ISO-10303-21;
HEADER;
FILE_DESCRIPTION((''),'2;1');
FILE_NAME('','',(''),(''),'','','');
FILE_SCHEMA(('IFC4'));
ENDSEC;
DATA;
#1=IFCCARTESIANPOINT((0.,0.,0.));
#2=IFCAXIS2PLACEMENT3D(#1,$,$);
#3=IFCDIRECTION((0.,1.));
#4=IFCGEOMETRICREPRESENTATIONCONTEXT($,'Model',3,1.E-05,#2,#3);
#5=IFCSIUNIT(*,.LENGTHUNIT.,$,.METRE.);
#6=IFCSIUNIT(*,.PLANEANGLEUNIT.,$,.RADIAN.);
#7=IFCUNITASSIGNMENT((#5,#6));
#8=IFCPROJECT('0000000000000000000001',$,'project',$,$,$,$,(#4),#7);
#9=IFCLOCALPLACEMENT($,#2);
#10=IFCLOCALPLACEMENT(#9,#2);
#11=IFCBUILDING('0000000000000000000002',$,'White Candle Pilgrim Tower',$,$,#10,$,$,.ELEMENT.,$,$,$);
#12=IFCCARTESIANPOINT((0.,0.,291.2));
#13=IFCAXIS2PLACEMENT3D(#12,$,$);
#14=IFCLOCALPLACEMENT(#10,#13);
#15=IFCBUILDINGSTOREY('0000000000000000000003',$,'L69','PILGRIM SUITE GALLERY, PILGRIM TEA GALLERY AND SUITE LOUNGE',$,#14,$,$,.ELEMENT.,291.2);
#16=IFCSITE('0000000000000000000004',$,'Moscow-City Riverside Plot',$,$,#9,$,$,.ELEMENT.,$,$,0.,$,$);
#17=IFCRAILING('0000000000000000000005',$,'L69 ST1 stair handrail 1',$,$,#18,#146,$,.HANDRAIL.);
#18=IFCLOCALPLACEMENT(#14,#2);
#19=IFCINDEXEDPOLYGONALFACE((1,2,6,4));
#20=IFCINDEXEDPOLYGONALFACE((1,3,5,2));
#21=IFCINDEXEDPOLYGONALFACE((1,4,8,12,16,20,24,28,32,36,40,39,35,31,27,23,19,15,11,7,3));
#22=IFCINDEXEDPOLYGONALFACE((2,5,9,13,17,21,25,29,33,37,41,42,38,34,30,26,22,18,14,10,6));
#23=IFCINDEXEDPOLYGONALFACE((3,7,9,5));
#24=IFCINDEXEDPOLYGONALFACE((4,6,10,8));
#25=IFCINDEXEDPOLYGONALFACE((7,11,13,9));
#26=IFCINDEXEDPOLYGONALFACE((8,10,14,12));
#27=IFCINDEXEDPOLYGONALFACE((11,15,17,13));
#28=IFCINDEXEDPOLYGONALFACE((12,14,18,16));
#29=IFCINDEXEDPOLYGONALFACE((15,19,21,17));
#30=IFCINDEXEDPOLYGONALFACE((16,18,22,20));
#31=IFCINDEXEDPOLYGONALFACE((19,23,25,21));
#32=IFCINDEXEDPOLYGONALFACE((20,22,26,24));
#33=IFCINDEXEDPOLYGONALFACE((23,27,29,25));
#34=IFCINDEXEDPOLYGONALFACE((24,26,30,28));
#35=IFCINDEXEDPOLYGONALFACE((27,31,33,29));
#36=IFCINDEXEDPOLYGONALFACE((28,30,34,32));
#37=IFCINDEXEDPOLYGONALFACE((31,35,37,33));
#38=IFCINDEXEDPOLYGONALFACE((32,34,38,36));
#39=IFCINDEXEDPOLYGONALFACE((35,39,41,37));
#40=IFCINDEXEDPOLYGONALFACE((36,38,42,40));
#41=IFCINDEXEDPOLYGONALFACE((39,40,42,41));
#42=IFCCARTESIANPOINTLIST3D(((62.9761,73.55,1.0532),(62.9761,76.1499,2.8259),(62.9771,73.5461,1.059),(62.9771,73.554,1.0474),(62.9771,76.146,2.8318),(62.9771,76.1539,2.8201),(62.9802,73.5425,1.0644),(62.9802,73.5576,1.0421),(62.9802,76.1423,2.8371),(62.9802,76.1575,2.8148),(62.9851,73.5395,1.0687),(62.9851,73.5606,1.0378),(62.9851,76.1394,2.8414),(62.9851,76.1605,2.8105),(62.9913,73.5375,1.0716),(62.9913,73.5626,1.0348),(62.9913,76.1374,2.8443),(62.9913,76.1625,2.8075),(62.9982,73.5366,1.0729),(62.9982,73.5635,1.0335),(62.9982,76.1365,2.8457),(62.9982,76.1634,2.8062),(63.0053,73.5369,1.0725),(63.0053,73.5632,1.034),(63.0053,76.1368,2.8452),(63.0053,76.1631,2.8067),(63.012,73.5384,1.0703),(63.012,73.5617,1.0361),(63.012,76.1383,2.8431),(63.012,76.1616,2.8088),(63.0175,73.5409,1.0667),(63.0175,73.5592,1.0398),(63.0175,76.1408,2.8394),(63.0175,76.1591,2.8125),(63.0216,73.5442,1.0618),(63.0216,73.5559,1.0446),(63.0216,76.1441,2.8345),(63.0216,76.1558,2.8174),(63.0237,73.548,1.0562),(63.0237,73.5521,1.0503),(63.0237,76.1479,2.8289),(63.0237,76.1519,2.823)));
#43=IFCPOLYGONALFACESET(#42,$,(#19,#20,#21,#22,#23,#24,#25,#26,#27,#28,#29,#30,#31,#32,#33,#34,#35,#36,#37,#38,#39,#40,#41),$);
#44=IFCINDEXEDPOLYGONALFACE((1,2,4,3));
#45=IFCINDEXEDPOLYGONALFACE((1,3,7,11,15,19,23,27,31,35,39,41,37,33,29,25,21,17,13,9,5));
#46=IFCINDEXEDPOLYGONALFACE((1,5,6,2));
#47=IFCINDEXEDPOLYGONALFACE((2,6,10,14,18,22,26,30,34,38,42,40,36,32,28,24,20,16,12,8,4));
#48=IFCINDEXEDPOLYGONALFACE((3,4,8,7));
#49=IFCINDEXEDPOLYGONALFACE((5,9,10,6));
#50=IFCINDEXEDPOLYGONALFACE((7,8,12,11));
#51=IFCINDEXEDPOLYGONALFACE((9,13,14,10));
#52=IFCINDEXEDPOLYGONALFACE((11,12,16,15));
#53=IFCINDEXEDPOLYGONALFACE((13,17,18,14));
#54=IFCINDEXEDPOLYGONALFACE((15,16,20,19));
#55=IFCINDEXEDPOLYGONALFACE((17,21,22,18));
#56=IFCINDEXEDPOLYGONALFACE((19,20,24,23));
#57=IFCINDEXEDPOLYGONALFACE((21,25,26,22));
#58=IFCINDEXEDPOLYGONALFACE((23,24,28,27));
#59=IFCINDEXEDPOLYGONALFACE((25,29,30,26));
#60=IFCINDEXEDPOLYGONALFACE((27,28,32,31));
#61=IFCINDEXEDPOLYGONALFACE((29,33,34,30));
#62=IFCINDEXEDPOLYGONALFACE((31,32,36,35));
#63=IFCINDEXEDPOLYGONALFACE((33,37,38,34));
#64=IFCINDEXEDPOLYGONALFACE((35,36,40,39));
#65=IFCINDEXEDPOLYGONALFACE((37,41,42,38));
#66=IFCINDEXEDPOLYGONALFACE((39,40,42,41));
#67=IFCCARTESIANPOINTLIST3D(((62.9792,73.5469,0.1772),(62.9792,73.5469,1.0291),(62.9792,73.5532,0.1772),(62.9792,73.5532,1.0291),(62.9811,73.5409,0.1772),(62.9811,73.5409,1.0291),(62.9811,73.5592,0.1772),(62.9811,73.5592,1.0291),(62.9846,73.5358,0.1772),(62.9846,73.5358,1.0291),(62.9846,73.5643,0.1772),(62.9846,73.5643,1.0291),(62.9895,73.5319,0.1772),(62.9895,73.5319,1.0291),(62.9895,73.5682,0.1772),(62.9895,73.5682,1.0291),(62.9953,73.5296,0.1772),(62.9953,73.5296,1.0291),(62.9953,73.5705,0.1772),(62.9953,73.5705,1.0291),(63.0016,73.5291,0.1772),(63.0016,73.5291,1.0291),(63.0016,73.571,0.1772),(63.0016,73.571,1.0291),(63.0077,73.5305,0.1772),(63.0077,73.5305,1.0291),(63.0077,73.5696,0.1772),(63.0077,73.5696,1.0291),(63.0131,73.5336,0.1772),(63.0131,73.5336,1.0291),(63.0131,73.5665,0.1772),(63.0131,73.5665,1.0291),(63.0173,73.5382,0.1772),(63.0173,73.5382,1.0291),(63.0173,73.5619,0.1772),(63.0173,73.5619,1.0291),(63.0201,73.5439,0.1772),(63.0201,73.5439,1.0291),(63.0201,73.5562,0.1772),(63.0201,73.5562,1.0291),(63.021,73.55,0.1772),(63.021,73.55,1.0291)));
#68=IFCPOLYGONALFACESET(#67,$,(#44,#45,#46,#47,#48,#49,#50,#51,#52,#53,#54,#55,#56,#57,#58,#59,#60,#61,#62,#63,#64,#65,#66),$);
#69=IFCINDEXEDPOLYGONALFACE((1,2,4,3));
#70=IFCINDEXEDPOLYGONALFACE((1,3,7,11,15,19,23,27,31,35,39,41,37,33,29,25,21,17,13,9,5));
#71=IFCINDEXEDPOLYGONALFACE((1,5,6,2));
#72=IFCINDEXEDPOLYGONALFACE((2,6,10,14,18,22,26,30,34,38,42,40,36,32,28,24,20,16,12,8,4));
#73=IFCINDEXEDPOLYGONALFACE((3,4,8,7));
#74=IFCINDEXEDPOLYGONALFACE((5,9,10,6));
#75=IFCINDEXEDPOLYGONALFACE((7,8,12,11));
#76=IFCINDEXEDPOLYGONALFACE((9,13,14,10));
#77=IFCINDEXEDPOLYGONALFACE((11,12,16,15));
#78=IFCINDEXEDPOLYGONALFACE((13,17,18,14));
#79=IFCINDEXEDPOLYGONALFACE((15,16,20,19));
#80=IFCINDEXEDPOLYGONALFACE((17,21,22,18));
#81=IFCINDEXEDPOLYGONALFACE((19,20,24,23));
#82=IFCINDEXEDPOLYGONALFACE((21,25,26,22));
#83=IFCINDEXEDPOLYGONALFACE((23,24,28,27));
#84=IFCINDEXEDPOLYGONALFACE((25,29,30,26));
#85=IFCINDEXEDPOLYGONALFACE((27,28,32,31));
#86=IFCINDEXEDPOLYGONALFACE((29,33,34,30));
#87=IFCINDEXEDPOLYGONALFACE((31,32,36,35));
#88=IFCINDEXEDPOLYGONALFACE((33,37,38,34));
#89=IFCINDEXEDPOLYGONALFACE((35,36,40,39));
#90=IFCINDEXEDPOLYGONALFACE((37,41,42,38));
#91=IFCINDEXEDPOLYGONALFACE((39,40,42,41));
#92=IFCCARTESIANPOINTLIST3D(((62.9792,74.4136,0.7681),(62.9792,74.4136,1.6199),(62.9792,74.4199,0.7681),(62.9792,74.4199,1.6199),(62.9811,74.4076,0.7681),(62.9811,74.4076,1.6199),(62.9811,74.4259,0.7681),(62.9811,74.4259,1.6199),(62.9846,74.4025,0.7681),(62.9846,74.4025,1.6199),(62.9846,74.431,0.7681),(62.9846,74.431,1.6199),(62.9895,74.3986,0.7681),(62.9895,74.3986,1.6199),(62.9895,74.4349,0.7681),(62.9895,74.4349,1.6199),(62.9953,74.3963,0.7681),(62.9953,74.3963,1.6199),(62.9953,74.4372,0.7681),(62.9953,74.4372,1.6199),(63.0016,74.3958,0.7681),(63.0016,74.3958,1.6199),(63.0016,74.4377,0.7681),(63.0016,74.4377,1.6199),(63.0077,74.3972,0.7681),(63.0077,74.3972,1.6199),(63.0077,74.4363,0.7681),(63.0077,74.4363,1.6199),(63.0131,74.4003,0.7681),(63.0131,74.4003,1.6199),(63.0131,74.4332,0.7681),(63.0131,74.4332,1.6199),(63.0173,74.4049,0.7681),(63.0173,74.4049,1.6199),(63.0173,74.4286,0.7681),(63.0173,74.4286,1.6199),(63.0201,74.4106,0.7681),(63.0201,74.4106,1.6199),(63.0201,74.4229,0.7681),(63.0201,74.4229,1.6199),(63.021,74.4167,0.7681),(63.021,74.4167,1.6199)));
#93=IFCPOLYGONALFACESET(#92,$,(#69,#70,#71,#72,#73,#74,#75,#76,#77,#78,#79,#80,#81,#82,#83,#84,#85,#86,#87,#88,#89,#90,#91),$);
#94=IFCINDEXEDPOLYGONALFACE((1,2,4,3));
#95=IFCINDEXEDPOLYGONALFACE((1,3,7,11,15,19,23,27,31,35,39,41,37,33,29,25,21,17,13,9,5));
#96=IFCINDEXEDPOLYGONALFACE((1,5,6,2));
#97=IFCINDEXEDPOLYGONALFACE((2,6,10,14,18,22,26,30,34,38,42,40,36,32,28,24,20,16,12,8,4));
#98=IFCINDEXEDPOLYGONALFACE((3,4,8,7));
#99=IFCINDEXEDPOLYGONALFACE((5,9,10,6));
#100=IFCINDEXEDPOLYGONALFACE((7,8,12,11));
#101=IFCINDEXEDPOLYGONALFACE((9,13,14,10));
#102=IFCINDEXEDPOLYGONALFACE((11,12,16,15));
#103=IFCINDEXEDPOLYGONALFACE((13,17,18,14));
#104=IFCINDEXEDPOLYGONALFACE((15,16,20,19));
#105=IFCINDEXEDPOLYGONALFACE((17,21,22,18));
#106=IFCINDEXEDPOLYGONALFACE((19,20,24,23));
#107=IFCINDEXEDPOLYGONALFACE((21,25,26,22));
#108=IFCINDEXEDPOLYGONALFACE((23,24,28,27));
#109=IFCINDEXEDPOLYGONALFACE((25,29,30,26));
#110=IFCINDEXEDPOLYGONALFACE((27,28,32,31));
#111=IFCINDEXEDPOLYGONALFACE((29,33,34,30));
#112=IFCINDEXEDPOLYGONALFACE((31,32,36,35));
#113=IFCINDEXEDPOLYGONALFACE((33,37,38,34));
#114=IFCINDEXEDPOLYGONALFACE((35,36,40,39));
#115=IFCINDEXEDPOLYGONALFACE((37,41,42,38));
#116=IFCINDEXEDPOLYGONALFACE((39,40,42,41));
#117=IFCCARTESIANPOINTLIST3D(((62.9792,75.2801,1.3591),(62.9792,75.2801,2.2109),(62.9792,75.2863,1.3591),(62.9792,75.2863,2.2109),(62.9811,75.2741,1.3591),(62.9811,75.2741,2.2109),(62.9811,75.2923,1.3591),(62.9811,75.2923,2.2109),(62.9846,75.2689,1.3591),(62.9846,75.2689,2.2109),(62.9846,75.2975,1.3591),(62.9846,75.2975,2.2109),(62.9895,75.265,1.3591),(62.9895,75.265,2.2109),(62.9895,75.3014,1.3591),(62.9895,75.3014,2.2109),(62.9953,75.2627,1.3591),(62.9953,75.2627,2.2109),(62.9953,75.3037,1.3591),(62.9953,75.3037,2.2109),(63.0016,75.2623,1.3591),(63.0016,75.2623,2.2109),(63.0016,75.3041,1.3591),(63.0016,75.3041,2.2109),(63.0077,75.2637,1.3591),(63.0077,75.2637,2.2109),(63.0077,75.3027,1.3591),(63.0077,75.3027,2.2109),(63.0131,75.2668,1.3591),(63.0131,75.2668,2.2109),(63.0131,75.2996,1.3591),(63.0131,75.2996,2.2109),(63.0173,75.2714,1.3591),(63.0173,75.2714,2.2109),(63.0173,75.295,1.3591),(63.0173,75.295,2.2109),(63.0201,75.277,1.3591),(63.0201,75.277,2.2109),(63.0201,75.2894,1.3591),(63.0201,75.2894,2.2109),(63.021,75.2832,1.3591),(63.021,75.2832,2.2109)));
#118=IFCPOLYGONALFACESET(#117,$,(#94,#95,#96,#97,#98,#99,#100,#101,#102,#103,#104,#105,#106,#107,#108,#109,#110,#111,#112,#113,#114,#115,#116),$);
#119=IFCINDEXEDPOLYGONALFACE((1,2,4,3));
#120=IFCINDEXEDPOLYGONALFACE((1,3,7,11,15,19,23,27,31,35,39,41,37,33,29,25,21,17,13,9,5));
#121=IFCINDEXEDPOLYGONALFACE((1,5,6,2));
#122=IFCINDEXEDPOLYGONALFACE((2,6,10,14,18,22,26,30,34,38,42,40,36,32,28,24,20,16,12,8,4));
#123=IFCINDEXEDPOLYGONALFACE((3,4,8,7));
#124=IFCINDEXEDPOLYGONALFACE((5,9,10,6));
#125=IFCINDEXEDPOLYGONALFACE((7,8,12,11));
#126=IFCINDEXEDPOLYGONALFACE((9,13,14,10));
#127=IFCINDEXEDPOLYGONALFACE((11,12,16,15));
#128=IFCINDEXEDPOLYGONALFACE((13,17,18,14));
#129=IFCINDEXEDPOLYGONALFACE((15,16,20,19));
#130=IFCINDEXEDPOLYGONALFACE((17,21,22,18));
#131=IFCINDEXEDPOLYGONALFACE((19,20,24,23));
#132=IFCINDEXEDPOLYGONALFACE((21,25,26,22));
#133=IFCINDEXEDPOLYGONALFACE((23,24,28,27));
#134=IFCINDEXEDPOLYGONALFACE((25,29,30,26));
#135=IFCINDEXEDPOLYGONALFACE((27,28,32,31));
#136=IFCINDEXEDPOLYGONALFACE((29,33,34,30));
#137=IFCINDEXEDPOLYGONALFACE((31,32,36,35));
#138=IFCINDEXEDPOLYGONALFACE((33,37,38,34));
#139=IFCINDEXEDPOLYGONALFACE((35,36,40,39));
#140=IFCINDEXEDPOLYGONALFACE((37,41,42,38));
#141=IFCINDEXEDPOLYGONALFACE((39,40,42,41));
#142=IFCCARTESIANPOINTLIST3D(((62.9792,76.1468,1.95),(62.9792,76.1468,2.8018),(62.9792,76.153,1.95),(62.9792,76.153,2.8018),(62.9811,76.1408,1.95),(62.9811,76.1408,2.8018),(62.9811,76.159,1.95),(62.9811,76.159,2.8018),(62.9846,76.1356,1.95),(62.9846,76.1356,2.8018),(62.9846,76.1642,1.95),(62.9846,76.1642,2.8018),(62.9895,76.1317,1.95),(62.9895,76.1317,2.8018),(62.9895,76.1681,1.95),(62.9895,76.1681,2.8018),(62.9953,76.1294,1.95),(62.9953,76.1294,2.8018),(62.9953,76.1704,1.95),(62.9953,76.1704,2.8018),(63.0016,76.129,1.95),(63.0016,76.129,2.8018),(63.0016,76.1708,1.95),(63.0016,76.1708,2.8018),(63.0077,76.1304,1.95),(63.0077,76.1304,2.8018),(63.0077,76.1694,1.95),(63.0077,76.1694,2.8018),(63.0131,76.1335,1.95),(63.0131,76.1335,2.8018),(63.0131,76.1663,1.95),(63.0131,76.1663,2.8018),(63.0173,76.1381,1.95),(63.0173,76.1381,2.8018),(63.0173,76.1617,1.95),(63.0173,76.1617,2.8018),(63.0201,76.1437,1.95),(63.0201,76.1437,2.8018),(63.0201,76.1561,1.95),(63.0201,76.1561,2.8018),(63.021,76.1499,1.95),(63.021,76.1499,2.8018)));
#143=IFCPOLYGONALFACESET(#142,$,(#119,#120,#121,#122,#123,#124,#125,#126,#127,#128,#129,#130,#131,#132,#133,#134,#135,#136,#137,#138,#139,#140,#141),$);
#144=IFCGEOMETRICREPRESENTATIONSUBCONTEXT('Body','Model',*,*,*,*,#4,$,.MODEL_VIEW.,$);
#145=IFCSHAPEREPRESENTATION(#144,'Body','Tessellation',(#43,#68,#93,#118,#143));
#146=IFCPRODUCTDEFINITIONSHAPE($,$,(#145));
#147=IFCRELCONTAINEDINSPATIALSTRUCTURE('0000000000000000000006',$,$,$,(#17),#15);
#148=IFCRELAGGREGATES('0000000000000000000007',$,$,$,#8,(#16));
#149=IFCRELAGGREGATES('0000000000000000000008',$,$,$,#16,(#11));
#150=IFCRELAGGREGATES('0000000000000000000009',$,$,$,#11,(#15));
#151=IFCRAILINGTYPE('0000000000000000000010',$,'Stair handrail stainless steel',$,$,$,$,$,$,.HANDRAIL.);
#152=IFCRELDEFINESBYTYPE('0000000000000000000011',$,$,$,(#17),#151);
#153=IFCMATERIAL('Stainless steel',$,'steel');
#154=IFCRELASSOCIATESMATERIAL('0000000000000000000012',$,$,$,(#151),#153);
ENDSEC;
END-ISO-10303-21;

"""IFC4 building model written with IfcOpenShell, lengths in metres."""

from ifc_helpers import new_model, si_unit, direction, frame, origin, origin_2d, place, context, subcontext, project, spatial, circle, extrude, material, type_object, element, save


model = new_model("IFC4")

# Units and contexts
model_context = context("Model", 3, precision=1e-05, world=origin(), true_north=direction((0.0, 1.0)))
body_context = subcontext(model_context, "Body", "Model", "MODEL_VIEW")
ifc_project = project(units=[si_unit("LENGTHUNIT", "METRE"), si_unit("PLANEANGLEUNIT", "RADIAN")], contexts=[model_context])

# Site, building, storey
site_placement = place(None, origin())
site = spatial("IfcSite", under=ifc_project, at=site_placement, Name="Moscow-City Riverside Plot", CompositionType="ELEMENT", RefElevation=0.0)
building_placement = place(site_placement, origin())
building = spatial("IfcBuilding", under=site, at=building_placement, Name="White Candle Pilgrim Tower", CompositionType="ELEMENT")
storey_placement = place(building_placement, frame((0.0, 0.0, 291.2)))
storey = spatial("IfcBuildingStorey", under=building, at=storey_placement, Name="L69", Description="PILGRIM SUITE GALLERY, PILGRIM TEA GALLERY AND SUITE LOUNGE", CompositionType="ELEMENT", Elevation=291.2)

# Railing
ifc_material_1 = material(Name="Stainless steel", Category="steel")
railing_type_1 = type_object("IfcRailingType", Name="Stair handrail stainless steel", PredefinedType="HANDRAIL", material=ifc_material_1)
railing_1_placement = place(storey_placement, frame((63.0, 73.55, 0.1772)))
element("IfcRailing", 1, at=railing_1_placement, inside=storey, type_object=railing_type_1, Name="L69 ST1 stair handrail 1", PredefinedType="HANDRAIL", context=body_context, shape_type="SweptSolid", body=[
    extrude(circle(Radius=0.0239, at=origin_2d()), frame((0.0, 0.0, 0.876), z_axis=(0.0, 0.826216, 0.563354), x_axis=(-1.0, 0.0, 0.0)), (0.0, 0.0, 1.0), 3.1467),
    extrude(circle(Radius=0.021, at=origin_2d()), origin(), (0.0, 0.0, 1.0), 0.8518),
    extrude(circle(Radius=0.021, at=origin_2d()), frame((0.0, 0.8667, 0.5908)), (0.0, 0.0, 1.0), 0.8518),
    extrude(circle(Radius=0.021, at=origin_2d()), frame((0.0, 1.7332, 1.1819)), (0.0, 0.0, 1.0), 0.8518),
    extrude(circle(Radius=0.021, at=origin_2d()), frame((0.0, 2.5999, 1.7727)), (0.0, 0.0, 1.0), 0.8518),
])

save(model, "model.ifc")
